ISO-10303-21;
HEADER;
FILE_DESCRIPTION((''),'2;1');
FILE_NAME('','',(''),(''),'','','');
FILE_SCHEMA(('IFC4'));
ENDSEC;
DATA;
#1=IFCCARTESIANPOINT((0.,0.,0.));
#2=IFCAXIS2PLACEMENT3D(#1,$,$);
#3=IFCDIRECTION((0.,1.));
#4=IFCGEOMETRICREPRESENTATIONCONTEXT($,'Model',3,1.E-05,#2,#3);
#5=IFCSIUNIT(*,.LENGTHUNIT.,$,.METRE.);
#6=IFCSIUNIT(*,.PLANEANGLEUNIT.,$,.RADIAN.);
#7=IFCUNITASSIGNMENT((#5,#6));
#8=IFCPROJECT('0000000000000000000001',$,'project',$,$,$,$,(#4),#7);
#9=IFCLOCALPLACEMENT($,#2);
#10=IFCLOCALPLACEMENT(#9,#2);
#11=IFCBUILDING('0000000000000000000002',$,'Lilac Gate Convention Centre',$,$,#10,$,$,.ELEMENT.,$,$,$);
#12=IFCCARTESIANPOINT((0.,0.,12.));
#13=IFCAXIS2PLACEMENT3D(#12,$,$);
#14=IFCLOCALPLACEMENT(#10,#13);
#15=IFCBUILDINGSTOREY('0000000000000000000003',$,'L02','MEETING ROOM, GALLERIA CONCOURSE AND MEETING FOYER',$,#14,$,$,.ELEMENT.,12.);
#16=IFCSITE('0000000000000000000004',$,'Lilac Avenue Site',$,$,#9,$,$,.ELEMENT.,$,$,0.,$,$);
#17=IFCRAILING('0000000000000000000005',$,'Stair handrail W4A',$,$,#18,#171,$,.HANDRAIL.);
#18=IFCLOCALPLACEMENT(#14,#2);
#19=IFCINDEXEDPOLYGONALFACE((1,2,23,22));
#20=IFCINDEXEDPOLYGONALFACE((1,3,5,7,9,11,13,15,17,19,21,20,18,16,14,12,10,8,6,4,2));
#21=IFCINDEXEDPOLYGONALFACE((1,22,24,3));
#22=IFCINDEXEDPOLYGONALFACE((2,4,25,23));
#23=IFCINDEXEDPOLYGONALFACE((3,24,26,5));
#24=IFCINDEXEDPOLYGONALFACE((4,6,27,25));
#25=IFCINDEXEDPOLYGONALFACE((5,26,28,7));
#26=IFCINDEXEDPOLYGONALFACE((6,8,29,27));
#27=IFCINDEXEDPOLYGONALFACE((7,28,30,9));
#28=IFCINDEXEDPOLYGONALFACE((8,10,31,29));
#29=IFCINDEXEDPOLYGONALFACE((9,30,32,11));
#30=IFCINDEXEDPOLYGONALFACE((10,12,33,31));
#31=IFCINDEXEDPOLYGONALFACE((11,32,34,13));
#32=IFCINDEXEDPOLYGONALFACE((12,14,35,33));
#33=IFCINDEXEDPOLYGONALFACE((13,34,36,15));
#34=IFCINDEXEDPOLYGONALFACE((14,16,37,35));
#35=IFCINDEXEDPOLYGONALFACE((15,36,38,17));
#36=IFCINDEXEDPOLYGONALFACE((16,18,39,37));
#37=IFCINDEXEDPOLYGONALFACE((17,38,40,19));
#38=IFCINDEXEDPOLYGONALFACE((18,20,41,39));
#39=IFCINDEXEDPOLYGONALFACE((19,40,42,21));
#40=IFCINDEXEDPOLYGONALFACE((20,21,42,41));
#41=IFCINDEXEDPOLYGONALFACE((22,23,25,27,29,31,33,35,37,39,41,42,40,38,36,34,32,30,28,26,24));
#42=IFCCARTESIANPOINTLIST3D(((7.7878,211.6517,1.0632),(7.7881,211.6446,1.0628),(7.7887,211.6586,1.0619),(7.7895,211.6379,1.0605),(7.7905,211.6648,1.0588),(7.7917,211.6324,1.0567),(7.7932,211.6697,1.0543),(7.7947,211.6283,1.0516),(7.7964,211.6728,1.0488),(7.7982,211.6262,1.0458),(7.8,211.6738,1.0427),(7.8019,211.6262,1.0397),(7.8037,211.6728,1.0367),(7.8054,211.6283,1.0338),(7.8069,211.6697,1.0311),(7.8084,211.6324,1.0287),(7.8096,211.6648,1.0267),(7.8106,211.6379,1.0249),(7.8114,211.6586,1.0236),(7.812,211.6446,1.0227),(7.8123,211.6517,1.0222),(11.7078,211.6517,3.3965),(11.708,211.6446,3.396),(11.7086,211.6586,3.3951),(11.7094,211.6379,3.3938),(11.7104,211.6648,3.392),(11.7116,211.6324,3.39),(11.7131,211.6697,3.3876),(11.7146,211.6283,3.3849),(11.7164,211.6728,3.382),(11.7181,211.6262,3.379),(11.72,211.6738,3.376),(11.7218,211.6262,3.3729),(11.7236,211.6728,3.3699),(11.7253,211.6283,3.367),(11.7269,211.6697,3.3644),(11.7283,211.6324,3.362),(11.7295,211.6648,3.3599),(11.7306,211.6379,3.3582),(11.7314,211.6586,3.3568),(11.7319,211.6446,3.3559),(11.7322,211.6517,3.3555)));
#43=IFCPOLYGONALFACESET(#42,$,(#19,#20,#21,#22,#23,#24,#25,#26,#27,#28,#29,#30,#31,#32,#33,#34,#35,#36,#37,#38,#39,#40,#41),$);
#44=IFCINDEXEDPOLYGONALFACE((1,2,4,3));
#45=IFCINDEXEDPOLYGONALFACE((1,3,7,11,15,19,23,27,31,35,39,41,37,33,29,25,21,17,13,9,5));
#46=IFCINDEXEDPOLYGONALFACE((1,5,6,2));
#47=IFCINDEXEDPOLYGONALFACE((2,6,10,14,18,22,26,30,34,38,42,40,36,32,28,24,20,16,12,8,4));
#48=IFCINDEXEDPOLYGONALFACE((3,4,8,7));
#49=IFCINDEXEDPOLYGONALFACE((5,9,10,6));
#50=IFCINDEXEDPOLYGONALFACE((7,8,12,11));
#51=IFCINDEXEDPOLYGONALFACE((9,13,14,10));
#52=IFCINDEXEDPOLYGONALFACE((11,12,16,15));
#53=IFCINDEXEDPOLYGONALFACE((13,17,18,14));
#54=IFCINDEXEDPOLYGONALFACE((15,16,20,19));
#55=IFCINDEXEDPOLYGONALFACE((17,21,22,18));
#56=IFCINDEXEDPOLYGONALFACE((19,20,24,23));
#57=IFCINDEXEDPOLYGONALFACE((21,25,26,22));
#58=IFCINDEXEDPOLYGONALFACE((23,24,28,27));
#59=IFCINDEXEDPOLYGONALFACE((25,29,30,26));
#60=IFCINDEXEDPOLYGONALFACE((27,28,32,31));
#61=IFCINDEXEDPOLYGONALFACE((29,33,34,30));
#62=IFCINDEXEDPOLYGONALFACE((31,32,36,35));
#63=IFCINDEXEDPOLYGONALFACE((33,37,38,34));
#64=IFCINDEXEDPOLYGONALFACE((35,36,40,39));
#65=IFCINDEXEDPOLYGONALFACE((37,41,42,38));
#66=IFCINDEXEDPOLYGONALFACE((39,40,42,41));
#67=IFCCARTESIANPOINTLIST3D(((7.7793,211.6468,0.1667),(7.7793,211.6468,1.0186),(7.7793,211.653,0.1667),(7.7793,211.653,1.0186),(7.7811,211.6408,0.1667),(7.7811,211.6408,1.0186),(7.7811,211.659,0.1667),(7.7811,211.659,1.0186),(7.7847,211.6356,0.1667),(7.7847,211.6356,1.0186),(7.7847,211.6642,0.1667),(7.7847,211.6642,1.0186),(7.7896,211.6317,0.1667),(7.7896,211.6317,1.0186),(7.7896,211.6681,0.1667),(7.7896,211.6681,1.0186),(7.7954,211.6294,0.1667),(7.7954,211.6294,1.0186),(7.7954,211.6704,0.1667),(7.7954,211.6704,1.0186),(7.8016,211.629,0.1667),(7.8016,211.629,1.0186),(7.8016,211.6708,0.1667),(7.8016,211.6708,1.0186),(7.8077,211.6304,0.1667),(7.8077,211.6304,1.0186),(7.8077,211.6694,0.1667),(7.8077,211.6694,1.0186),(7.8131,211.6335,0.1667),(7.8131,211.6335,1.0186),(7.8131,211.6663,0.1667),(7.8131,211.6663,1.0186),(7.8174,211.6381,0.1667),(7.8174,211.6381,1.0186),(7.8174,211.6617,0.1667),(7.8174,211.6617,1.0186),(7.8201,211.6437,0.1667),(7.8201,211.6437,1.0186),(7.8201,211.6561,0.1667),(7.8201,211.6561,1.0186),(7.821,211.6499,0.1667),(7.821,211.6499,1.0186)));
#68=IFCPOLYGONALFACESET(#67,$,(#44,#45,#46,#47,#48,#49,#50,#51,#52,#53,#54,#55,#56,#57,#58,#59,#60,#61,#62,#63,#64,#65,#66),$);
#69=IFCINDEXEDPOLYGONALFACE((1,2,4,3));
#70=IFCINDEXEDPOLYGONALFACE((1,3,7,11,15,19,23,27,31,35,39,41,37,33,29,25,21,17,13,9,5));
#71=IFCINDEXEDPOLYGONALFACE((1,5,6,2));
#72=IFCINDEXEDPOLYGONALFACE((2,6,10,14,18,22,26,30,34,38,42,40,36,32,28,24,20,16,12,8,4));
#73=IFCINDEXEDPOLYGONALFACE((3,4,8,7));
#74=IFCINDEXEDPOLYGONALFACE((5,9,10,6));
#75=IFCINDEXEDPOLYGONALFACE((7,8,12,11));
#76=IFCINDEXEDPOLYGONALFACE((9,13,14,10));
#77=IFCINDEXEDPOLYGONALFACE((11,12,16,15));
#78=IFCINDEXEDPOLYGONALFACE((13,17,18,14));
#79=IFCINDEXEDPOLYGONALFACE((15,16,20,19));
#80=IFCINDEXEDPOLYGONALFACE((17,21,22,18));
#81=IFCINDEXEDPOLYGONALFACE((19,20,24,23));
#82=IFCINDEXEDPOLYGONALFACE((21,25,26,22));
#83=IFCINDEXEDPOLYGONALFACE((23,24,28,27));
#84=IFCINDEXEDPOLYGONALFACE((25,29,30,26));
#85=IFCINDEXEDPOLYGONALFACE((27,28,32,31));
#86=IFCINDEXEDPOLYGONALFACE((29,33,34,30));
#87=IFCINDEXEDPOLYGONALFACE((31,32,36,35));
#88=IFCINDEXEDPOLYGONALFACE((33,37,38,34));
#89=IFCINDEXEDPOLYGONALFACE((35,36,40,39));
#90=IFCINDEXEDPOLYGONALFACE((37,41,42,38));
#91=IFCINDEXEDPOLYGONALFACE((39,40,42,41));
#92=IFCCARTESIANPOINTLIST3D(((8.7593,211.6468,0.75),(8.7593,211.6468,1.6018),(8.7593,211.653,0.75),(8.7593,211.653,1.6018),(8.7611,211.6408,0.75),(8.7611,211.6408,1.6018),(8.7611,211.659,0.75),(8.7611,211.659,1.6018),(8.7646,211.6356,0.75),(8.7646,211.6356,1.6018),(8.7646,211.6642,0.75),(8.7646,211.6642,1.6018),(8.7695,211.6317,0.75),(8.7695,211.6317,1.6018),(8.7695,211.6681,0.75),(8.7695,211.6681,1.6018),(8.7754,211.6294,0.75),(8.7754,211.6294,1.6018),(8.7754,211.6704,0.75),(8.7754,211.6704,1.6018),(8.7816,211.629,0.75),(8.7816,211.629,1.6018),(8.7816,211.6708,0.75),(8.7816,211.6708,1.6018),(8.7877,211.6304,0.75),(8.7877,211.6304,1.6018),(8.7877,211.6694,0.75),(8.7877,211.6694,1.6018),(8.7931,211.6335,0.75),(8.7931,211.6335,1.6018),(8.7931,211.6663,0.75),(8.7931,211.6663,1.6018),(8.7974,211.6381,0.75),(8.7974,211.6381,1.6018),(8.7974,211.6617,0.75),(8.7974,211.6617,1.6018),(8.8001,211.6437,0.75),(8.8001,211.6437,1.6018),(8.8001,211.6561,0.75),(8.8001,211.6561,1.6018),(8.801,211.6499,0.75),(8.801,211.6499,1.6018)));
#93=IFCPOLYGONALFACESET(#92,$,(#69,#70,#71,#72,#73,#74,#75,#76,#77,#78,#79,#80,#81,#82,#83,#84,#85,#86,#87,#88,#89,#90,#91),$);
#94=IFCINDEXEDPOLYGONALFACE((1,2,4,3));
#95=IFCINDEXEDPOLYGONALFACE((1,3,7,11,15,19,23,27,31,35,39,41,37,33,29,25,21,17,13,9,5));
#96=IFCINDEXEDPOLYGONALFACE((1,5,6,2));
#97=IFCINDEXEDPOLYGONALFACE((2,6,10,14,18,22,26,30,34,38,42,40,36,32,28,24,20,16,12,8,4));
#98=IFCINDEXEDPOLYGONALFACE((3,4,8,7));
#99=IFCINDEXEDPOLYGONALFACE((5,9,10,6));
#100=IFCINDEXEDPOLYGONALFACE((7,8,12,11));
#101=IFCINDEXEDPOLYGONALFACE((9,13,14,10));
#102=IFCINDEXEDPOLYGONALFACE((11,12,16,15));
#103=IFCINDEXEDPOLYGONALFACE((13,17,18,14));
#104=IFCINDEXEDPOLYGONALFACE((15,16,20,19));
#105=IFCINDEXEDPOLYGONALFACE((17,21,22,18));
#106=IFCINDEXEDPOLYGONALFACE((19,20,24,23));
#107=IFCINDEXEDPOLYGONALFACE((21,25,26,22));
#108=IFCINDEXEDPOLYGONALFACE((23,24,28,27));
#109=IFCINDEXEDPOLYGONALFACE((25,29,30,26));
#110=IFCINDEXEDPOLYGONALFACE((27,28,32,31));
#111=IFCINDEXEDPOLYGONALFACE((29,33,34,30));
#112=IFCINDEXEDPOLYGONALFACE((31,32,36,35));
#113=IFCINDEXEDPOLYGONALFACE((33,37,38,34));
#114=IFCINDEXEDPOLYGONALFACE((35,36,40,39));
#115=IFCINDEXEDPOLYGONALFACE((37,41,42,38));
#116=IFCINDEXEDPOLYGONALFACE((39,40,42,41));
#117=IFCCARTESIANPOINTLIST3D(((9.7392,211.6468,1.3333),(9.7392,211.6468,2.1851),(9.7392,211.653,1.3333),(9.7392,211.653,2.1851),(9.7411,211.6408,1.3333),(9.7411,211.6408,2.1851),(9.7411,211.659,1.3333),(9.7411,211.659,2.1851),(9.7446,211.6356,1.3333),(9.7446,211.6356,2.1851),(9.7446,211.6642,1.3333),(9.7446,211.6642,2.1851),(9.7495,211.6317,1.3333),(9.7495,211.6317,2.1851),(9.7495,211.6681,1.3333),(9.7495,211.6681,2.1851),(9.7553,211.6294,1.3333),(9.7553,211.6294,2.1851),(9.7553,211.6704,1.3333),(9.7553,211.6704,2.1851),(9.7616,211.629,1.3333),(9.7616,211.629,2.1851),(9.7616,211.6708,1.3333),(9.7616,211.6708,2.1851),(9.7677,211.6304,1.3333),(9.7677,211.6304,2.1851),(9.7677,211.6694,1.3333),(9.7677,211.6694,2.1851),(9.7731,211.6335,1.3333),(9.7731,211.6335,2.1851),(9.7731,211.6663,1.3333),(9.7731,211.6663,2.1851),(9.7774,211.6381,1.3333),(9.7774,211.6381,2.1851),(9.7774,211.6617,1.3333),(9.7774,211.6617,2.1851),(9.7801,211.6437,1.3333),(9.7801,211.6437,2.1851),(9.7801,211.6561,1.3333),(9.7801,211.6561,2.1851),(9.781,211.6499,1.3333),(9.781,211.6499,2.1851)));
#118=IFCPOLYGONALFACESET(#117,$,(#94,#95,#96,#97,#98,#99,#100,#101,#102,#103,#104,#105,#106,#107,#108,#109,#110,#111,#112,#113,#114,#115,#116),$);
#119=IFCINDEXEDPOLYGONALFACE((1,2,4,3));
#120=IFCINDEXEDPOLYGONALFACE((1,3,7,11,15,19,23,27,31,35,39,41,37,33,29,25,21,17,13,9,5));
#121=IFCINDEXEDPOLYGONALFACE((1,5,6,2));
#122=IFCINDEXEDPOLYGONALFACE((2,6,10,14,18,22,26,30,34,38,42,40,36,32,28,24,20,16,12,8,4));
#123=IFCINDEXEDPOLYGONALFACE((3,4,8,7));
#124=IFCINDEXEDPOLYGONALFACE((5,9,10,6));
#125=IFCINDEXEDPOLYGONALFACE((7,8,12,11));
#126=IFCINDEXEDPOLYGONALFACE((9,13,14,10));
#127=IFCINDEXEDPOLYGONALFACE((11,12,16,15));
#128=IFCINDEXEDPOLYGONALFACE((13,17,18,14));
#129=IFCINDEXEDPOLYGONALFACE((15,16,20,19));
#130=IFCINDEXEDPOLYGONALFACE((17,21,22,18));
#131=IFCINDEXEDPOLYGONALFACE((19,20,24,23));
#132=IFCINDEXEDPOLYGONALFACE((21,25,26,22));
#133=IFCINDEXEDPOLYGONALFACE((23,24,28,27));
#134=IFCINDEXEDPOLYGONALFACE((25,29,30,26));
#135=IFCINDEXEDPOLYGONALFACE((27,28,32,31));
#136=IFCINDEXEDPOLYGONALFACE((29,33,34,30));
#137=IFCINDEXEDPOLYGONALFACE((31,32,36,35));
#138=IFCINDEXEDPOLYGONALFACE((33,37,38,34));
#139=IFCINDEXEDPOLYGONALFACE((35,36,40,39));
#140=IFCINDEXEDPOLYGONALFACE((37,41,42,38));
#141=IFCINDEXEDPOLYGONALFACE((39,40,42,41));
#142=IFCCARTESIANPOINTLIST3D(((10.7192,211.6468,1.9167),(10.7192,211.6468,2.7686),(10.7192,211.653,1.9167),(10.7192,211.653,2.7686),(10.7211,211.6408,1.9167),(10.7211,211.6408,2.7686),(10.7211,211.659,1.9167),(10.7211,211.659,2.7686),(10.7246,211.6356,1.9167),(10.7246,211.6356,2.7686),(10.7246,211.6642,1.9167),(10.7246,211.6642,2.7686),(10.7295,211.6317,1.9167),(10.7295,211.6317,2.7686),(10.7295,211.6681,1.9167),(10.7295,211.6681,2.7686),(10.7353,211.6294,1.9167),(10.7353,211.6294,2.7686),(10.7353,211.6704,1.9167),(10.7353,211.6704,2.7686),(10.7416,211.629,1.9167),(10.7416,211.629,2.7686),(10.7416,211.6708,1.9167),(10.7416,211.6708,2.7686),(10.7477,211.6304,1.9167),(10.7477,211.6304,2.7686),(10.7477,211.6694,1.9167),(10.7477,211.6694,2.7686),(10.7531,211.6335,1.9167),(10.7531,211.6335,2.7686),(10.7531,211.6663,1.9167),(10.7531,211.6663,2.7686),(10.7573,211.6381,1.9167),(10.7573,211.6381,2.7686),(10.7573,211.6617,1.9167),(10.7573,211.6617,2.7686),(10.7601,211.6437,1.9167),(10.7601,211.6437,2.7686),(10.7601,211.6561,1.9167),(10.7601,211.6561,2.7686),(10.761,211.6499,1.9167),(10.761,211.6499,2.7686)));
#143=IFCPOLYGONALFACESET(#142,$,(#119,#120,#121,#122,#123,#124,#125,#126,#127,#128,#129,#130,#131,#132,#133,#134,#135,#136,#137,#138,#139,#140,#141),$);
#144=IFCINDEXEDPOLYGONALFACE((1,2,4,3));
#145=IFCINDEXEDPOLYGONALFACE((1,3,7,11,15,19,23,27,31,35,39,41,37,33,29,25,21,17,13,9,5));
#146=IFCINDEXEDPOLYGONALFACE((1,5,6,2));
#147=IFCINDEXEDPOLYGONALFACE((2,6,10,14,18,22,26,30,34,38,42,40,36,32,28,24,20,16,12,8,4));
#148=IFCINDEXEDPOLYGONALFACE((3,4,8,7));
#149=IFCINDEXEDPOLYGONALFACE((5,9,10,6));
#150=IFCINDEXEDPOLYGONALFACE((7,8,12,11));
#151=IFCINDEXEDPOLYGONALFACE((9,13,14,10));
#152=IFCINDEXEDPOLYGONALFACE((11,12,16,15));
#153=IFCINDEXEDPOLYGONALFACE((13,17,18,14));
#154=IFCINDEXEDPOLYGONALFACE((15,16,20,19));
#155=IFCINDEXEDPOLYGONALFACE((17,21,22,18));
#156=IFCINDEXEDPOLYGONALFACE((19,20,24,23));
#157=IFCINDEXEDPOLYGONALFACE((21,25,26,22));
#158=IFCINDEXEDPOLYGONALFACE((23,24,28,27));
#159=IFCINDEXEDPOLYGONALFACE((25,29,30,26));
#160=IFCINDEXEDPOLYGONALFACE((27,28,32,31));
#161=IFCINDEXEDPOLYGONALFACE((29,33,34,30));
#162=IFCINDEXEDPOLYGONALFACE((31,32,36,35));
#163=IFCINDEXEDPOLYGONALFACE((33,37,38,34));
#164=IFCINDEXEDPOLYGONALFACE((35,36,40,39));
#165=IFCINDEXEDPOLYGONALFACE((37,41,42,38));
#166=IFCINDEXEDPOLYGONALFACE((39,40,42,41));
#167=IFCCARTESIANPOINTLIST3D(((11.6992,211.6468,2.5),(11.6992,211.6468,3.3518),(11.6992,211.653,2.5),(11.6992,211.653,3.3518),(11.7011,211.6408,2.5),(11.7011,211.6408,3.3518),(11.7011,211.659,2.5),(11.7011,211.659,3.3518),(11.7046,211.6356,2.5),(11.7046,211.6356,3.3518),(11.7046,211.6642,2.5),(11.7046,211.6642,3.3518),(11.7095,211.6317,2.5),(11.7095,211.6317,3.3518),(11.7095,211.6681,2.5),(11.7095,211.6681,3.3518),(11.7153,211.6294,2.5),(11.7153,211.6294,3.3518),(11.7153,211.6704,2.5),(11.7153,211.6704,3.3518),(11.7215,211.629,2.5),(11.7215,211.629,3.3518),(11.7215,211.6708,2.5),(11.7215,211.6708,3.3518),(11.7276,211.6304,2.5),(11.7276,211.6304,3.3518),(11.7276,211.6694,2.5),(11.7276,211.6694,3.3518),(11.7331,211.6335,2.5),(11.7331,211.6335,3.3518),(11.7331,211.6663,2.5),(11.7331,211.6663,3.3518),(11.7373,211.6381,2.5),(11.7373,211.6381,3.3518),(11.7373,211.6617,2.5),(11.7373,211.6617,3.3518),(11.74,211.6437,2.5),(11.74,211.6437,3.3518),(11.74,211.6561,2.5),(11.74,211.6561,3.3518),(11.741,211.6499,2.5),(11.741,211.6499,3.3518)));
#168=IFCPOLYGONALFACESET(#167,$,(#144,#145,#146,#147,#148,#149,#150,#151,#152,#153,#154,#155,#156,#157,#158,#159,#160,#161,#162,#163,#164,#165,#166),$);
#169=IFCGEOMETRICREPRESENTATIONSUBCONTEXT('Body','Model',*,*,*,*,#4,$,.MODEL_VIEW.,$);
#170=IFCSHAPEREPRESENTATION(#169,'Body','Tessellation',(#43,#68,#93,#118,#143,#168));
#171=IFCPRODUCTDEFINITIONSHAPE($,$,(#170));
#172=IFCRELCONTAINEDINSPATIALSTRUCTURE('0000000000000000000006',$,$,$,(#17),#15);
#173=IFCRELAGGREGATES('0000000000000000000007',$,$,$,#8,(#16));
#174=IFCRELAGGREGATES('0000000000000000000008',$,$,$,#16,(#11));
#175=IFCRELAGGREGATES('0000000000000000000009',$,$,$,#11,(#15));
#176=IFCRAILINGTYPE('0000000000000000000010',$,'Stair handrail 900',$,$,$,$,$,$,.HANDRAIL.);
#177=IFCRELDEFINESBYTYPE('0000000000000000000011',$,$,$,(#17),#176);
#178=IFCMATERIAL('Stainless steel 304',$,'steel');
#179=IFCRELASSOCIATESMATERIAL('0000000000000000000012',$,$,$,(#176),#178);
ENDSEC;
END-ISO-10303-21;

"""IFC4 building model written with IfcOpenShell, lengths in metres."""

from ifc_helpers import new_model, si_unit, direction, frame, origin, origin_2d, place, context, subcontext, project, spatial, circle, extrude, material, type_object, element, save


model = new_model("IFC4")

# Units and contexts
model_context = context("Model", 3, precision=1e-05, world=origin(), true_north=direction((0.0, 1.0)))
body_context = subcontext(model_context, "Body", "Model", "MODEL_VIEW")
ifc_project = project(units=[si_unit("LENGTHUNIT", "METRE"), si_unit("PLANEANGLEUNIT", "RADIAN")], contexts=[model_context])

# Site, building, storey
site_placement = place(None, origin())
site = spatial("IfcSite", under=ifc_project, at=site_placement, Name="Lilac Avenue Site", CompositionType="ELEMENT", RefElevation=0.0)
building_placement = place(site_placement, origin())
building = spatial("IfcBuilding", under=site, at=building_placement, Name="Lilac Gate Convention Centre", CompositionType="ELEMENT")
storey_placement = place(building_placement, frame((0.0, 0.0, 12.0)))
storey = spatial("IfcBuildingStorey", under=building, at=storey_placement, Name="L02", Description="MEETING ROOM, GALLERIA CONCOURSE AND MEETING FOYER", CompositionType="ELEMENT", Elevation=12.0)

# Railing
ifc_material_1 = material(Name="Stainless steel 304", Category="steel")
railing_type = type_object("IfcRailingType", Name="Stair handrail 900", PredefinedType="HANDRAIL", material=ifc_material_1)
for number, where, name in (
    (1, (7.8, 211.6499, 0.1667), "Stair handrail W4A"),
):
    element("IfcRailing", number, at=place(storey_placement, frame(where)), inside=storey, type_object=railing_type, Name=name, PredefinedType="HANDRAIL", context=body_context, shape_type="SweptSolid", body=[
        extrude(circle(Radius=0.0239, at=origin_2d()), frame((0.0, 0.0, 0.876), z_axis=(0.859296, 0.0, 0.511478), x_axis=(0.0, 1.0, 0.0)), (0.0, 0.0, 1.0), 4.5618),
        extrude(circle(Radius=0.021, at=origin_2d()), origin(), (0.0, 0.0, 1.0), 0.8518),
        extrude(circle(Radius=0.021, at=origin_2d()), frame((0.98, 0.0, 0.5833)), (0.0, 0.0, 1.0), 0.8518),
        extrude(circle(Radius=0.021, at=origin_2d()), frame((1.96, 0.0, 1.1665)), (0.0, 0.0, 1.0), 0.8518),
        extrude(circle(Radius=0.021, at=origin_2d()), frame((2.9399, 0.0, 1.75)), (0.0, 0.0, 1.0), 0.8518),
        extrude(circle(Radius=0.021, at=origin_2d()), frame((3.9199, 0.0, 2.3333)), (0.0, 0.0, 1.0), 0.8518),
    ])

save(model, "model.ifc")
